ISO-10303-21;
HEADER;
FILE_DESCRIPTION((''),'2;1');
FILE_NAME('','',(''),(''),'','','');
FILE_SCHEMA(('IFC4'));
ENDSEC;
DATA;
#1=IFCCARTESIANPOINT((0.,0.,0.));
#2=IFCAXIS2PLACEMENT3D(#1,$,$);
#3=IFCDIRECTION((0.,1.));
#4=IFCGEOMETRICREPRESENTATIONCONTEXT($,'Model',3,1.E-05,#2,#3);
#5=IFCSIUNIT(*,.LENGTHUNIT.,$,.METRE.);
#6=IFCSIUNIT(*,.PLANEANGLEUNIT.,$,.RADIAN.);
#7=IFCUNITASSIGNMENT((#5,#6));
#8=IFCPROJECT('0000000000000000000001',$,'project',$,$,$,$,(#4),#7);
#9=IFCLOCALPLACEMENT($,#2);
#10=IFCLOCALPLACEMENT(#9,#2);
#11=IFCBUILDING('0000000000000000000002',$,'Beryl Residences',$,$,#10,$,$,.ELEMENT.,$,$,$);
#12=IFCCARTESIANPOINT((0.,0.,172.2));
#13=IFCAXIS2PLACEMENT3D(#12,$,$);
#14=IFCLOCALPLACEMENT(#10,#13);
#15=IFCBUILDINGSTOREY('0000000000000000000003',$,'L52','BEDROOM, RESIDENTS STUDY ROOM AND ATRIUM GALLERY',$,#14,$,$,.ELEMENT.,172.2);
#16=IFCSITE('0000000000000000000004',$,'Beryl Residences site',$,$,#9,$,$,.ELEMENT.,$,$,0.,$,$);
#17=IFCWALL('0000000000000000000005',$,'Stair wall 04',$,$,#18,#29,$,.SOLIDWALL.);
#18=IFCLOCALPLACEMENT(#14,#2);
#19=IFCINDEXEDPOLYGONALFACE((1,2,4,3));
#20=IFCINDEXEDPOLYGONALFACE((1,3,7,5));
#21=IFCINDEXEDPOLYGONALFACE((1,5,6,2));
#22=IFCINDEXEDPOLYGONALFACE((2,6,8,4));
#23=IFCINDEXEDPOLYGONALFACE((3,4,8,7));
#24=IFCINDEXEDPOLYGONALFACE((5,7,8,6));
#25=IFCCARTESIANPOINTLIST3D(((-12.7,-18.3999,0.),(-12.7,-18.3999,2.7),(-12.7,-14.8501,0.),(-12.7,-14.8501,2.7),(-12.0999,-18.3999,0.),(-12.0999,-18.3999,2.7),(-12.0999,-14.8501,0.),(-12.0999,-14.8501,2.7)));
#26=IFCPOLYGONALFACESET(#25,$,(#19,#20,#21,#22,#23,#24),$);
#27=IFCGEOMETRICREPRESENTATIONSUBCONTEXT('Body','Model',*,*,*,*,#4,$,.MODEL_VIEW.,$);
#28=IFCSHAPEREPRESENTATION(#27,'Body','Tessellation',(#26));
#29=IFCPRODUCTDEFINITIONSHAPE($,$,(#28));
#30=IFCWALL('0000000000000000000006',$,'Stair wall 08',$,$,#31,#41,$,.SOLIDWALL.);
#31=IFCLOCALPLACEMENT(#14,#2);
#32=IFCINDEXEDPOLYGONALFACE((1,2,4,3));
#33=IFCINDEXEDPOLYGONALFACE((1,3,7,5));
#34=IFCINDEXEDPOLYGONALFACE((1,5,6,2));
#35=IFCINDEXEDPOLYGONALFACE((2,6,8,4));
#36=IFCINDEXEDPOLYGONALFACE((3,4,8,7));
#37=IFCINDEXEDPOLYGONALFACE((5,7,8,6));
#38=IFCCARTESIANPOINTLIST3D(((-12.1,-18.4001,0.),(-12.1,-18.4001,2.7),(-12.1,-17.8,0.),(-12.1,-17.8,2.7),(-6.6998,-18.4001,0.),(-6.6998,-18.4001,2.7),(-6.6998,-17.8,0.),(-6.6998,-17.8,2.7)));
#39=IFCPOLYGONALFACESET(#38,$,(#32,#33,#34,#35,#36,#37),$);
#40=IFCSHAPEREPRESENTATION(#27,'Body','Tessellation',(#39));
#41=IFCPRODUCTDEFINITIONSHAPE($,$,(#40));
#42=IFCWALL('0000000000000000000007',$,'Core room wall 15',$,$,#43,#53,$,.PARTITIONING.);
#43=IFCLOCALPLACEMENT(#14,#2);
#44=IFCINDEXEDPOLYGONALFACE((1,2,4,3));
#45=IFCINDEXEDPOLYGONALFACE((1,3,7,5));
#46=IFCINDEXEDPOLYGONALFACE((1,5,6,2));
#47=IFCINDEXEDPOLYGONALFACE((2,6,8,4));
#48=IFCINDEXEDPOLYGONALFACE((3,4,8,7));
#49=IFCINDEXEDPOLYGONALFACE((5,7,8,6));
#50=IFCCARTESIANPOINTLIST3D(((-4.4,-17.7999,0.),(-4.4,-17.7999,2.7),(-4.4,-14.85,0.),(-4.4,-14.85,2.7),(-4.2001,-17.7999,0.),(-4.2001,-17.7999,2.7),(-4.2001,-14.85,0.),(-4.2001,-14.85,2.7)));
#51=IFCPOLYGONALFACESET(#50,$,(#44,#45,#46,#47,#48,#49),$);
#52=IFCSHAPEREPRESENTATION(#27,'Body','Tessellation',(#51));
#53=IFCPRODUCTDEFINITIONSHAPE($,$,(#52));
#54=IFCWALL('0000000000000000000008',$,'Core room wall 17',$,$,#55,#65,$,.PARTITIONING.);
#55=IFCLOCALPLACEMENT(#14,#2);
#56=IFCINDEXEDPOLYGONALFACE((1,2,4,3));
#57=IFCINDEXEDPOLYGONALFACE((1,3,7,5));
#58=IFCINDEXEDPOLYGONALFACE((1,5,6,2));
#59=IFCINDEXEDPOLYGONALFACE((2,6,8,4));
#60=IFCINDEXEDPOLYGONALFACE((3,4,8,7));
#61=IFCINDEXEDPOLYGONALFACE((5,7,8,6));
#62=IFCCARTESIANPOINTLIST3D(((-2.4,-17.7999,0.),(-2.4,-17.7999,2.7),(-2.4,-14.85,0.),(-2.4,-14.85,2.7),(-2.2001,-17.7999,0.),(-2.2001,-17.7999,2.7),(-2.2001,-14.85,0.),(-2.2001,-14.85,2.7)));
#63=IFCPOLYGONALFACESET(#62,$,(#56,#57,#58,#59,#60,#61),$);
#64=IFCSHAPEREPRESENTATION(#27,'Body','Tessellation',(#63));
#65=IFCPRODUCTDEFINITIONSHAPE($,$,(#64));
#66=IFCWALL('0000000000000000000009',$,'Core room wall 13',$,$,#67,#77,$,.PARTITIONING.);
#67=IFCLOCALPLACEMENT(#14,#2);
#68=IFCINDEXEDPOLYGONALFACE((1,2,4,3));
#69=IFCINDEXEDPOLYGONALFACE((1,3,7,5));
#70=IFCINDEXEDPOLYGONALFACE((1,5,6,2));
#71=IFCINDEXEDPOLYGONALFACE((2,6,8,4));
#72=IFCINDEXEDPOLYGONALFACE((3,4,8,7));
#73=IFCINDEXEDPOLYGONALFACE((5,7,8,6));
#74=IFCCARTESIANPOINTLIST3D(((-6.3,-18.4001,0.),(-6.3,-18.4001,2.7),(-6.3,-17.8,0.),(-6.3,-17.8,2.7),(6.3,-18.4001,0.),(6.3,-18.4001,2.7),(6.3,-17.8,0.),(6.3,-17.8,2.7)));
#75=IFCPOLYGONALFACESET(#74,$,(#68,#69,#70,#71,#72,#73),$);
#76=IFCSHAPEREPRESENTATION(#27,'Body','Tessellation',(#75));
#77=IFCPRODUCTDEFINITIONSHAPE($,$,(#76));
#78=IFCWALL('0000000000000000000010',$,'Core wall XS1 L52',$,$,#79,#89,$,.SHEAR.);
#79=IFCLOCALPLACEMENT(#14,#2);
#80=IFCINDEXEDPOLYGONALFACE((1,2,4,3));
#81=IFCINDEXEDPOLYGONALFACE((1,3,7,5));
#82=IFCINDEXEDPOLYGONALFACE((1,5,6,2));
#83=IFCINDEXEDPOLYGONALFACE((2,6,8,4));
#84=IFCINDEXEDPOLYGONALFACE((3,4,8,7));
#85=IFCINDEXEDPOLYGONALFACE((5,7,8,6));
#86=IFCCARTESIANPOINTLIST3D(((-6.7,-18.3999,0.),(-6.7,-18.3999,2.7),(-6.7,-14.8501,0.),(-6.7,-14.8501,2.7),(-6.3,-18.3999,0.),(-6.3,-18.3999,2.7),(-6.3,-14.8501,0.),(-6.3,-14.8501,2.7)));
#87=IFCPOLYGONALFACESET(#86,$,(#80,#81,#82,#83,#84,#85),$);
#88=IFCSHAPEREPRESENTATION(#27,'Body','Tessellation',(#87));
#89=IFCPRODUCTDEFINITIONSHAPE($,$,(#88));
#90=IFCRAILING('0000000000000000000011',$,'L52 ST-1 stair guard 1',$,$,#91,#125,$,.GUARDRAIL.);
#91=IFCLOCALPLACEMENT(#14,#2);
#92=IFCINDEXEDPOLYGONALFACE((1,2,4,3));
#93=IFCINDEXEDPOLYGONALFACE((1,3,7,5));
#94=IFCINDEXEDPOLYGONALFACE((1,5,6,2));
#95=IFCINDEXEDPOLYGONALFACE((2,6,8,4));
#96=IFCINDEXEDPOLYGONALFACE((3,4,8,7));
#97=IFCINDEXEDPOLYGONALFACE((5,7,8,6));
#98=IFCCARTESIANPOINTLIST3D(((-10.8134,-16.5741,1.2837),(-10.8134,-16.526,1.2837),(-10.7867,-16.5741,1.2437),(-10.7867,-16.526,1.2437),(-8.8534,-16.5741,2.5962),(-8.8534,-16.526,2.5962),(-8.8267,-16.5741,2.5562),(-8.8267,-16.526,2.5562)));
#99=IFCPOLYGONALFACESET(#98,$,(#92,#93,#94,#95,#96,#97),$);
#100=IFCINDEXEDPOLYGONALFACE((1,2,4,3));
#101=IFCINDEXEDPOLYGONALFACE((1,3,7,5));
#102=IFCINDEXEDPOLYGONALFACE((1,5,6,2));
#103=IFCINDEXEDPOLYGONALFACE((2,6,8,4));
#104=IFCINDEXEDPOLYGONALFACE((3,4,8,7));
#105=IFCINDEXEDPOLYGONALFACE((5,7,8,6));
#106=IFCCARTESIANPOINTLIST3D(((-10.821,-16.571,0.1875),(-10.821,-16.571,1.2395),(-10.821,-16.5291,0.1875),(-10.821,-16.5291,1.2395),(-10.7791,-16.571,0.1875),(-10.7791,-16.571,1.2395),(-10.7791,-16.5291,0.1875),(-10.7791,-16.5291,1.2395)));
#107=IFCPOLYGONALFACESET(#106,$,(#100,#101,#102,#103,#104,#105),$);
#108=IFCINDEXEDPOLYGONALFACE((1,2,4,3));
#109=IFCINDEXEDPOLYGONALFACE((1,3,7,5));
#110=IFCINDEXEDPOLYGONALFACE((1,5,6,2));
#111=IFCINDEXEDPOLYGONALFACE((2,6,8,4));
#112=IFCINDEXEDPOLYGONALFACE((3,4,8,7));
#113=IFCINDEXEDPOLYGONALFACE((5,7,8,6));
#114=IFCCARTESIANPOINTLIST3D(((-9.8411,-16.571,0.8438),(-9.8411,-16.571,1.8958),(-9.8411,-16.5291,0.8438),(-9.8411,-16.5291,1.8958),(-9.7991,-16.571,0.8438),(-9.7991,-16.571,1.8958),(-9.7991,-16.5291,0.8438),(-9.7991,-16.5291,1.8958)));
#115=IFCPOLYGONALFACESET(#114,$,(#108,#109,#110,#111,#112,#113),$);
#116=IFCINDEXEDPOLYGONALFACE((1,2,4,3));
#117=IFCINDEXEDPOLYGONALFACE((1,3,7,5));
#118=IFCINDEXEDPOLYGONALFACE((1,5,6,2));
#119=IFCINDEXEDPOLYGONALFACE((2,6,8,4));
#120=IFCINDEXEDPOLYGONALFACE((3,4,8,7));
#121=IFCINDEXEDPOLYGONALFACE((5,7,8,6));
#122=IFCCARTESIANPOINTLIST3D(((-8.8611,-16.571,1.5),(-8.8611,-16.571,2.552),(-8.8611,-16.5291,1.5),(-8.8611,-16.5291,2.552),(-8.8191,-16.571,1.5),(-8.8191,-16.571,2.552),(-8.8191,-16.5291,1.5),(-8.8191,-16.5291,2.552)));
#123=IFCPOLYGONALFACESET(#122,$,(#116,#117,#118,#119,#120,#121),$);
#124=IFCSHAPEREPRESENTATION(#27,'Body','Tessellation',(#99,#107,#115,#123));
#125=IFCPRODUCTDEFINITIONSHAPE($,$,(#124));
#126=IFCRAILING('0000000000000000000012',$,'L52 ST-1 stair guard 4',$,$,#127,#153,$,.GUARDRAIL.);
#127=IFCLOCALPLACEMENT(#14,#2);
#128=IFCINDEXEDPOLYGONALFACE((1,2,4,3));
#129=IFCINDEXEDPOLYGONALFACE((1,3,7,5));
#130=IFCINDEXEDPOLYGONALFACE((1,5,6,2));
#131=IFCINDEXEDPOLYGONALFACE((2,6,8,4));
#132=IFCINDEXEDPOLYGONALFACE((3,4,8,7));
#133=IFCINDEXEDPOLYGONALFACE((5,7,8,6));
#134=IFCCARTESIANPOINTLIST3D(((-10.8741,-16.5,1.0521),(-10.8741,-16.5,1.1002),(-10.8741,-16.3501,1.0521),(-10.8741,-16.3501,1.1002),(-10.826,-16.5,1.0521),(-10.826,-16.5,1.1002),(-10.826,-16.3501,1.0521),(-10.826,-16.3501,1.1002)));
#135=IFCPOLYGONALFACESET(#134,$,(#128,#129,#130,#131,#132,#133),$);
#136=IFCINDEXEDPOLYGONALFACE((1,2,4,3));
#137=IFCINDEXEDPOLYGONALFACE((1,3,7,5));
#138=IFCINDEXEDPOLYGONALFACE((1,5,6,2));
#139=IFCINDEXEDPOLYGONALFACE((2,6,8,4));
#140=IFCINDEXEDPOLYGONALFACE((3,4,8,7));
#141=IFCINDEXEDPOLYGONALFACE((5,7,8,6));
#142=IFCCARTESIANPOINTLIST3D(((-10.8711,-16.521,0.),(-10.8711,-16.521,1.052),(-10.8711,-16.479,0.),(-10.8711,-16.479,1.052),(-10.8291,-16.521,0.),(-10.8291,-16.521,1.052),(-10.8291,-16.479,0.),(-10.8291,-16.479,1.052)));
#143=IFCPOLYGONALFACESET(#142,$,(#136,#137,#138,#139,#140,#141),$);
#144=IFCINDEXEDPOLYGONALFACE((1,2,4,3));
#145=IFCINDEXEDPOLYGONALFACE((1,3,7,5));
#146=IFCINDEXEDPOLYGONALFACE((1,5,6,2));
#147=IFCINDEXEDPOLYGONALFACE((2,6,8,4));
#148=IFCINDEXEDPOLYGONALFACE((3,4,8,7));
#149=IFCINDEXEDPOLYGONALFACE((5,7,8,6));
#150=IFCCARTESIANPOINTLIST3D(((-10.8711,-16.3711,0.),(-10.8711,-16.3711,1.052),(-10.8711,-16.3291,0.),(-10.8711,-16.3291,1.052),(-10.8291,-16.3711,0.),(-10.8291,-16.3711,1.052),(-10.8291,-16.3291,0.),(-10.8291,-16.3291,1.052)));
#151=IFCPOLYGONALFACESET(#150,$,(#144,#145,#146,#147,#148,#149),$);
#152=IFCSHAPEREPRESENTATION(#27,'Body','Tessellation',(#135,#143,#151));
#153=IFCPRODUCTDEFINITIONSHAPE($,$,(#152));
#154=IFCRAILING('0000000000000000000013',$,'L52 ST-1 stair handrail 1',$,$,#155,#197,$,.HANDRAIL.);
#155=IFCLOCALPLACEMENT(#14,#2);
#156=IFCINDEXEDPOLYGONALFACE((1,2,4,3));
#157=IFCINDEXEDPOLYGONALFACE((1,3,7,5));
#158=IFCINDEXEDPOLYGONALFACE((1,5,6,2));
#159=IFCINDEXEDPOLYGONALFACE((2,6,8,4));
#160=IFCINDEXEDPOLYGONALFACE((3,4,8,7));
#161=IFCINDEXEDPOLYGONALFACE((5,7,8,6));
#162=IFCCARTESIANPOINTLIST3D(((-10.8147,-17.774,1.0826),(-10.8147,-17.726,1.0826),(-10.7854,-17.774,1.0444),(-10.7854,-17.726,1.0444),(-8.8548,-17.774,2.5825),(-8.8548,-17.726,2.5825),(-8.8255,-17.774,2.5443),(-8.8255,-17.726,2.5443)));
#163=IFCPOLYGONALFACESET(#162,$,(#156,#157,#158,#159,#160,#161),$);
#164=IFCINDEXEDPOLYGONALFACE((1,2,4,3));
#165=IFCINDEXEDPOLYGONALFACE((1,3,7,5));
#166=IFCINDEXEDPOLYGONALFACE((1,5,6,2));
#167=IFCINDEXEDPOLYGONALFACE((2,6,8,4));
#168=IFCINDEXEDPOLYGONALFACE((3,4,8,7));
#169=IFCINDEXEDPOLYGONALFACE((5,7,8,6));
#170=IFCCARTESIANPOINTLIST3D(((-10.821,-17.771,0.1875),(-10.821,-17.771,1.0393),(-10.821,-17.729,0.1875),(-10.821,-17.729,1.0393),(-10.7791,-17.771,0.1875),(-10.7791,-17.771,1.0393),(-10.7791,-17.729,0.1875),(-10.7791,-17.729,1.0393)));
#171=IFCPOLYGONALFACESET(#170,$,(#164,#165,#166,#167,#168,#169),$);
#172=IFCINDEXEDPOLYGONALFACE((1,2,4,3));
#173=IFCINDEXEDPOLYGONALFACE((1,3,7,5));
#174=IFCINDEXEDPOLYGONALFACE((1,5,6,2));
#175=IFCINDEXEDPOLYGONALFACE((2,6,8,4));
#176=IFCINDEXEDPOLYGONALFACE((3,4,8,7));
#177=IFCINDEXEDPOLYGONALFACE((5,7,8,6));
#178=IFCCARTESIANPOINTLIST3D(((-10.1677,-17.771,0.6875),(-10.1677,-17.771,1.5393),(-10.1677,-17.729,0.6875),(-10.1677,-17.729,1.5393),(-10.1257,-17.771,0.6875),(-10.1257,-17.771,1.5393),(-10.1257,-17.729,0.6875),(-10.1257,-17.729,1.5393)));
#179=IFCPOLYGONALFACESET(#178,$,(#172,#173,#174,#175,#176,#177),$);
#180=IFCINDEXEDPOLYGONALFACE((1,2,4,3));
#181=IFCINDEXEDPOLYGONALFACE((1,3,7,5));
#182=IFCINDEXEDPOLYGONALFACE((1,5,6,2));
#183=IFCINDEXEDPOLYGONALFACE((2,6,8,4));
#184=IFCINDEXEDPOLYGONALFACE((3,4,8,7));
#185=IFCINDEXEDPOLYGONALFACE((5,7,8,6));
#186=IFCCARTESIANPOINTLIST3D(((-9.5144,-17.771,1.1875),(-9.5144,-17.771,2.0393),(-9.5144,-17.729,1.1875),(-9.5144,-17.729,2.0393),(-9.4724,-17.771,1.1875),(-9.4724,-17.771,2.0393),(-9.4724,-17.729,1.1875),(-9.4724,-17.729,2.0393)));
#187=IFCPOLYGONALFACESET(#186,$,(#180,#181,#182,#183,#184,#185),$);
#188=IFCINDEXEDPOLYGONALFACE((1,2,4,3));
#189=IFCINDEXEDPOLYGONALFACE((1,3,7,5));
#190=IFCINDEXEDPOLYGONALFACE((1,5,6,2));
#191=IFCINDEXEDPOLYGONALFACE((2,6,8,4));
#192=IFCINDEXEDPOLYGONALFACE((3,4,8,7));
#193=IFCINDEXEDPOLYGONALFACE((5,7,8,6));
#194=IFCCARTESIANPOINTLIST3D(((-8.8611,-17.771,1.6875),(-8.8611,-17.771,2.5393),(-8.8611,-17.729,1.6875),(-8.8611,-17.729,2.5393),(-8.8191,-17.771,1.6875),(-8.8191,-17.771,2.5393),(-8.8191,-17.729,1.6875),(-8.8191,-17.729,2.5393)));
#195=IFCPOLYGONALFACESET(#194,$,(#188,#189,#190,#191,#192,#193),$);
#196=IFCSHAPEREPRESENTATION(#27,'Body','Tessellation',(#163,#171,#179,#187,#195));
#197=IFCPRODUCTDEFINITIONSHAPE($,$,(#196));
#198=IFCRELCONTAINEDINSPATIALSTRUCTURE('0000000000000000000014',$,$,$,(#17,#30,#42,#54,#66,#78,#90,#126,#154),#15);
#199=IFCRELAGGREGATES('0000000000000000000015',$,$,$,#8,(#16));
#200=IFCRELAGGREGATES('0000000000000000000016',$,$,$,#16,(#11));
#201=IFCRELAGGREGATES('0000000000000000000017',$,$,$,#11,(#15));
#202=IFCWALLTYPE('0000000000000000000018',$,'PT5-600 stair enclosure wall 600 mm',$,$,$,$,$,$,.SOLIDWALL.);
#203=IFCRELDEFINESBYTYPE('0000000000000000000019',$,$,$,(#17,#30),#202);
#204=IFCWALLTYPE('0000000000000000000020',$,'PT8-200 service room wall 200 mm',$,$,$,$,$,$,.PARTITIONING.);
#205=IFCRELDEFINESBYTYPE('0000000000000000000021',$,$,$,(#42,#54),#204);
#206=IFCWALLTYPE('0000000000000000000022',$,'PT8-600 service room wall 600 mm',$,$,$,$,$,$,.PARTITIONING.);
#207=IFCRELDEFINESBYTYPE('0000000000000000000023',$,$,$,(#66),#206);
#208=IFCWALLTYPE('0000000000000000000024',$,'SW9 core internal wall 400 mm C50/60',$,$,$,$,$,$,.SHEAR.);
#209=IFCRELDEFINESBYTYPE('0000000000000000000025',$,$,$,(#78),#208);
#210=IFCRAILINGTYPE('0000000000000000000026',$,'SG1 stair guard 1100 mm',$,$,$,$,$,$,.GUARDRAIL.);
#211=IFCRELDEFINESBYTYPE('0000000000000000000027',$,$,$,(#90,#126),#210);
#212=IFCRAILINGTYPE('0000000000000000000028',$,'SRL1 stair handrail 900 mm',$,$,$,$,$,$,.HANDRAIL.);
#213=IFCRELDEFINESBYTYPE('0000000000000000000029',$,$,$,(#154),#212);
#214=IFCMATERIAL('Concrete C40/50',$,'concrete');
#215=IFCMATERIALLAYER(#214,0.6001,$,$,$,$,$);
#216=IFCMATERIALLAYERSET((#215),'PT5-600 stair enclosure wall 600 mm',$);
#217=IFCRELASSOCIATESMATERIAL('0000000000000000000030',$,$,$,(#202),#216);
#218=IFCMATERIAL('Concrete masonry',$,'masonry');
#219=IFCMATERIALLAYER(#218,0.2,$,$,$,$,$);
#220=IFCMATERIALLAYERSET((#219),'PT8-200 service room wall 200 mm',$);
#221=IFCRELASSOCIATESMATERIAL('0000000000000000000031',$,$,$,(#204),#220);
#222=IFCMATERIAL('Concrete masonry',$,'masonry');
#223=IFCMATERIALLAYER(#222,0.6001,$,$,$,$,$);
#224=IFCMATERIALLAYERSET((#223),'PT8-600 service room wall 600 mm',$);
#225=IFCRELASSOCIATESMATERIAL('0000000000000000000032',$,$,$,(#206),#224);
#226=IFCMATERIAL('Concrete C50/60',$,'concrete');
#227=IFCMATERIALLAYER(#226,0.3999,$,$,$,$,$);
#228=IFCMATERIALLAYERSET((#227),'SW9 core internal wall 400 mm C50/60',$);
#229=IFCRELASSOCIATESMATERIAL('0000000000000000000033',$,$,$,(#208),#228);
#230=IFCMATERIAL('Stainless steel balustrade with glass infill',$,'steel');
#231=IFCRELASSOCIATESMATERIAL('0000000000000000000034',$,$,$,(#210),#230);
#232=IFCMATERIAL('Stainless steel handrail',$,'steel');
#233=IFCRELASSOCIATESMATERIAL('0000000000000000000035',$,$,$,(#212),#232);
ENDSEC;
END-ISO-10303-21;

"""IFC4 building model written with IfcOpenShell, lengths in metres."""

from ifc_helpers import new_model, si_unit, direction, frame, frame_2d, origin, origin_2d, place, context, subcontext, project, spatial, rectangle, extrude, material, layer, layer_set, type_object, element, save


model = new_model("IFC4")

# Units and contexts
model_context = context("Model", 3, precision=1e-05, world=origin(), true_north=direction((0.0, 1.0)))
body_context = subcontext(model_context, "Body", "Model", "MODEL_VIEW")
ifc_project = project(units=[si_unit("LENGTHUNIT", "METRE"), si_unit("PLANEANGLEUNIT", "RADIAN")], contexts=[model_context])

# Site, building, storey
site_placement = place(None, origin())
site = spatial("IfcSite", under=ifc_project, at=site_placement, Name="Beryl Residences site", CompositionType="ELEMENT", RefElevation=0.0)
building_placement = place(site_placement, origin())
building = spatial("IfcBuilding", under=site, at=building_placement, Name="Beryl Residences", CompositionType="ELEMENT")
storey_placement = place(building_placement, frame((0.0, 0.0, 172.2)))
storey = spatial("IfcBuildingStorey", under=building, at=storey_placement, Name="L52", Description="BEDROOM, RESIDENTS STUDY ROOM AND ATRIUM GALLERY", CompositionType="ELEMENT", Elevation=172.2)

# Walls
ifc_material_1 = material(Name="Concrete C40/50", Category="concrete")
ifc_layer_1 = layer(ifc_material_1, 0.6001)
ifc_layer_set_1 = layer_set([ifc_layer_1], Name="PT5-600 stair enclosure wall 600 mm")
wall_type_1 = type_object("IfcWallType", Name="PT5-600 stair enclosure wall 600 mm", PredefinedType="SOLIDWALL", material=ifc_layer_set_1)
wall_1_placement = place(storey_placement, frame((-12.3999, -18.3999, 0.0), z_axis=(0.0, 0.0, 1.0), x_axis=(0.0, 1.0, 0.0)))
element("IfcWall", 1, at=wall_1_placement, inside=storey, type_object=wall_type_1, Name="Stair wall 04", PredefinedType="SOLIDWALL", context=body_context, shape_type="SweptSolid", body=[
    extrude(rectangle(XDim=3.5498, YDim=0.6001, at=frame_2d((1.7749, 0.0))), origin(), (0.0, 0.0, 1.0), 2.7),
])
wall_2_placement = place(storey_placement, frame((-12.1001, -18.1001, 0.0), z_axis=(0.0, 0.0, 1.0), x_axis=(1.0, 0.0, 0.0)))
element("IfcWall", 2, at=wall_2_placement, inside=storey, type_object=wall_type_1, Name="Stair wall 08", PredefinedType="SOLIDWALL", context=body_context, shape_type="SweptSolid", body=[
    extrude(rectangle(XDim=5.4001, YDim=0.6001, at=frame_2d((2.7002, 0.0))), origin(), (0.0, 0.0, 1.0), 2.7),
])
ifc_material_2 = material(Name="Concrete masonry", Category="masonry")
ifc_layer_2 = layer(ifc_material_2, 0.2)
ifc_layer_set_2 = layer_set([ifc_layer_2], Name="PT8-200 service room wall 200 mm")
wall_type_2 = type_object("IfcWallType", Name="PT8-200 service room wall 200 mm", PredefinedType="PARTITIONING", material=ifc_layer_set_2)
for number, where, z_axis, x_axis, name in (
    (3, (-4.3, -17.8, 0.0), (0.0, 0.0, 1.0), (0.0, 1.0, 0.0), "Core room wall 15"),
    (4, (-2.3, -17.8, 0.0), (0.0, 0.0, 1.0), (0.0, 1.0, 0.0), "Core room wall 17"),
):
    element("IfcWall", number, at=place(storey_placement, frame(where, z_axis=z_axis, x_axis=x_axis)), inside=storey, type_object=wall_type_2, Name=name, PredefinedType="PARTITIONING", context=body_context, shape_type="SweptSolid", body=[
        extrude(rectangle(XDim=2.95, YDim=0.2, at=frame_2d((1.4751, 0.0))), origin(), (0.0, 0.0, 1.0), 2.7),
    ])
ifc_material_3 = material(Name="Concrete masonry", Category="masonry")
ifc_layer_3 = layer(ifc_material_3, 0.6001)
ifc_layer_set_3 = layer_set([ifc_layer_3], Name="PT8-600 service room wall 600 mm")
wall_type_3 = type_object("IfcWallType", Name="PT8-600 service room wall 600 mm", PredefinedType="PARTITIONING", material=ifc_layer_set_3)
wall_3_placement = place(storey_placement, frame((-6.3, -18.1001, 0.0), z_axis=(0.0, 0.0, 1.0), x_axis=(1.0, 0.0, 0.0)))
element("IfcWall", 5, at=wall_3_placement, inside=storey, type_object=wall_type_3, Name="Core room wall 13", PredefinedType="PARTITIONING", context=body_context, shape_type="SweptSolid", body=[
    extrude(rectangle(XDim=12.6001, YDim=0.6001, at=frame_2d((6.3, 0.0))), origin(), (0.0, 0.0, 1.0), 2.7),
])
ifc_material_4 = material(Name="Concrete C50/60", Category="concrete")
ifc_layer_4 = layer(ifc_material_4, 0.3999)
ifc_layer_set_4 = layer_set([ifc_layer_4], Name="SW9 core internal wall 400 mm C50/60")
wall_type_4 = type_object("IfcWallType", Name="SW9 core internal wall 400 mm C50/60", PredefinedType="SHEAR", material=ifc_layer_set_4)
wall_4_placement = place(storey_placement, frame((-6.5, -18.3999, 0.0), z_axis=(0.0, 0.0, 1.0), x_axis=(0.0, 1.0, 0.0)))
element("IfcWall", 6, at=wall_4_placement, inside=storey, type_object=wall_type_4, Name="Core wall XS1 L52", PredefinedType="SHEAR", context=body_context, shape_type="SweptSolid", body=[
    extrude(rectangle(XDim=3.5498, YDim=0.3999, at=frame_2d((1.7749, 0.0))), origin(), (0.0, 0.0, 1.0), 2.7),
])

# Railings
ifc_material_5 = material(Name="Stainless steel balustrade with glass infill", Category="steel")
railing_type_1 = type_object("IfcRailingType", Name="SG1 stair guard 1100 mm", PredefinedType="GUARDRAIL", material=ifc_material_5)
railing_1_placement = place(storey_placement, frame((-10.8, -16.55, 0.1875)))
element("IfcRailing", 7, at=railing_1_placement, inside=storey, type_object=railing_type_1, Name="L52 ST-1 stair guard 1", PredefinedType="GUARDRAIL", context=body_context, shape_type="SweptSolid", body=[
    extrude(rectangle(XDim=0.0481, YDim=0.0481, at=origin_2d()), frame((0.0, 0.0, 1.0762), z_axis=(0.830902, 0.0, 0.556419), x_axis=(0.0, 1.0, 0.0)), (0.0, 0.0, 1.0), 2.3589),
    extrude(rectangle(XDim=0.042, YDim=0.042, at=origin_2d()), origin(), (0.0, 0.0, 1.0), 1.052),
    extrude(rectangle(XDim=0.042, YDim=0.042, at=origin_2d()), frame((0.98, 0.0, 0.6562)), (0.0, 0.0, 1.0), 1.052),
    extrude(rectangle(XDim=0.042, YDim=0.042, at=origin_2d()), frame((1.96, 0.0, 1.3125)), (0.0, 0.0, 1.0), 1.052),
])
railing_2_placement = place(storey_placement, frame((-10.8501, -16.5, 0.0)))
element("IfcRailing", 8, at=railing_2_placement, inside=storey, type_object=railing_type_1, Name="L52 ST-1 stair guard 4", PredefinedType="GUARDRAIL", context=body_context, shape_type="SweptSolid", body=[
    extrude(rectangle(XDim=0.0481, YDim=0.0481, at=origin_2d()), frame((0.0, 0.0, 1.0762), z_axis=(0.0, 1.0, 0.0), x_axis=(-1.0, 0.0, 0.0)), (0.0, 0.0, 1.0), 0.1499),
    extrude(rectangle(XDim=0.042, YDim=0.042, at=origin_2d()), origin(), (0.0, 0.0, 1.0), 1.052),
    extrude(rectangle(XDim=0.042, YDim=0.042, at=origin_2d()), frame((0.0, 0.1499, 0.0)), (0.0, 0.0, 1.0), 1.052),
])
ifc_material_6 = material(Name="Stainless steel handrail", Category="steel")
railing_type_2 = type_object("IfcRailingType", Name="SRL1 stair handrail 900 mm", PredefinedType="HANDRAIL", material=ifc_material_6)
railing_3_placement = place(storey_placement, frame((-10.8, -17.75, 0.1875)))
element("IfcRailing", 9, at=railing_3_placement, inside=storey, type_object=railing_type_2, Name="L52 ST-1 stair handrail 1", PredefinedType="HANDRAIL", context=body_context, shape_type="SweptSolid", body=[
    extrude(rectangle(XDim=0.0481, YDim=0.0481, at=origin_2d()), frame((0.0, 0.0, 0.876), z_axis=(0.794122, 0.0, 0.607758), x_axis=(0.0, 1.0, 0.0)), (0.0, 0.0, 1.0), 2.468),
    extrude(rectangle(XDim=0.042, YDim=0.042, at=origin_2d()), origin(), (0.0, 0.0, 1.0), 0.8518),
    extrude(rectangle(XDim=0.042, YDim=0.042, at=origin_2d()), frame((0.6533, 0.0, 0.5)), (0.0, 0.0, 1.0), 0.8518),
    extrude(rectangle(XDim=0.042, YDim=0.042, at=origin_2d()), frame((1.3066, 0.0, 1.0)), (0.0, 0.0, 1.0), 0.8518),
    extrude(rectangle(XDim=0.042, YDim=0.042, at=origin_2d()), frame((1.96, 0.0, 1.5)), (0.0, 0.0, 1.0), 0.8518),
])

save(model, "model.ifc")
